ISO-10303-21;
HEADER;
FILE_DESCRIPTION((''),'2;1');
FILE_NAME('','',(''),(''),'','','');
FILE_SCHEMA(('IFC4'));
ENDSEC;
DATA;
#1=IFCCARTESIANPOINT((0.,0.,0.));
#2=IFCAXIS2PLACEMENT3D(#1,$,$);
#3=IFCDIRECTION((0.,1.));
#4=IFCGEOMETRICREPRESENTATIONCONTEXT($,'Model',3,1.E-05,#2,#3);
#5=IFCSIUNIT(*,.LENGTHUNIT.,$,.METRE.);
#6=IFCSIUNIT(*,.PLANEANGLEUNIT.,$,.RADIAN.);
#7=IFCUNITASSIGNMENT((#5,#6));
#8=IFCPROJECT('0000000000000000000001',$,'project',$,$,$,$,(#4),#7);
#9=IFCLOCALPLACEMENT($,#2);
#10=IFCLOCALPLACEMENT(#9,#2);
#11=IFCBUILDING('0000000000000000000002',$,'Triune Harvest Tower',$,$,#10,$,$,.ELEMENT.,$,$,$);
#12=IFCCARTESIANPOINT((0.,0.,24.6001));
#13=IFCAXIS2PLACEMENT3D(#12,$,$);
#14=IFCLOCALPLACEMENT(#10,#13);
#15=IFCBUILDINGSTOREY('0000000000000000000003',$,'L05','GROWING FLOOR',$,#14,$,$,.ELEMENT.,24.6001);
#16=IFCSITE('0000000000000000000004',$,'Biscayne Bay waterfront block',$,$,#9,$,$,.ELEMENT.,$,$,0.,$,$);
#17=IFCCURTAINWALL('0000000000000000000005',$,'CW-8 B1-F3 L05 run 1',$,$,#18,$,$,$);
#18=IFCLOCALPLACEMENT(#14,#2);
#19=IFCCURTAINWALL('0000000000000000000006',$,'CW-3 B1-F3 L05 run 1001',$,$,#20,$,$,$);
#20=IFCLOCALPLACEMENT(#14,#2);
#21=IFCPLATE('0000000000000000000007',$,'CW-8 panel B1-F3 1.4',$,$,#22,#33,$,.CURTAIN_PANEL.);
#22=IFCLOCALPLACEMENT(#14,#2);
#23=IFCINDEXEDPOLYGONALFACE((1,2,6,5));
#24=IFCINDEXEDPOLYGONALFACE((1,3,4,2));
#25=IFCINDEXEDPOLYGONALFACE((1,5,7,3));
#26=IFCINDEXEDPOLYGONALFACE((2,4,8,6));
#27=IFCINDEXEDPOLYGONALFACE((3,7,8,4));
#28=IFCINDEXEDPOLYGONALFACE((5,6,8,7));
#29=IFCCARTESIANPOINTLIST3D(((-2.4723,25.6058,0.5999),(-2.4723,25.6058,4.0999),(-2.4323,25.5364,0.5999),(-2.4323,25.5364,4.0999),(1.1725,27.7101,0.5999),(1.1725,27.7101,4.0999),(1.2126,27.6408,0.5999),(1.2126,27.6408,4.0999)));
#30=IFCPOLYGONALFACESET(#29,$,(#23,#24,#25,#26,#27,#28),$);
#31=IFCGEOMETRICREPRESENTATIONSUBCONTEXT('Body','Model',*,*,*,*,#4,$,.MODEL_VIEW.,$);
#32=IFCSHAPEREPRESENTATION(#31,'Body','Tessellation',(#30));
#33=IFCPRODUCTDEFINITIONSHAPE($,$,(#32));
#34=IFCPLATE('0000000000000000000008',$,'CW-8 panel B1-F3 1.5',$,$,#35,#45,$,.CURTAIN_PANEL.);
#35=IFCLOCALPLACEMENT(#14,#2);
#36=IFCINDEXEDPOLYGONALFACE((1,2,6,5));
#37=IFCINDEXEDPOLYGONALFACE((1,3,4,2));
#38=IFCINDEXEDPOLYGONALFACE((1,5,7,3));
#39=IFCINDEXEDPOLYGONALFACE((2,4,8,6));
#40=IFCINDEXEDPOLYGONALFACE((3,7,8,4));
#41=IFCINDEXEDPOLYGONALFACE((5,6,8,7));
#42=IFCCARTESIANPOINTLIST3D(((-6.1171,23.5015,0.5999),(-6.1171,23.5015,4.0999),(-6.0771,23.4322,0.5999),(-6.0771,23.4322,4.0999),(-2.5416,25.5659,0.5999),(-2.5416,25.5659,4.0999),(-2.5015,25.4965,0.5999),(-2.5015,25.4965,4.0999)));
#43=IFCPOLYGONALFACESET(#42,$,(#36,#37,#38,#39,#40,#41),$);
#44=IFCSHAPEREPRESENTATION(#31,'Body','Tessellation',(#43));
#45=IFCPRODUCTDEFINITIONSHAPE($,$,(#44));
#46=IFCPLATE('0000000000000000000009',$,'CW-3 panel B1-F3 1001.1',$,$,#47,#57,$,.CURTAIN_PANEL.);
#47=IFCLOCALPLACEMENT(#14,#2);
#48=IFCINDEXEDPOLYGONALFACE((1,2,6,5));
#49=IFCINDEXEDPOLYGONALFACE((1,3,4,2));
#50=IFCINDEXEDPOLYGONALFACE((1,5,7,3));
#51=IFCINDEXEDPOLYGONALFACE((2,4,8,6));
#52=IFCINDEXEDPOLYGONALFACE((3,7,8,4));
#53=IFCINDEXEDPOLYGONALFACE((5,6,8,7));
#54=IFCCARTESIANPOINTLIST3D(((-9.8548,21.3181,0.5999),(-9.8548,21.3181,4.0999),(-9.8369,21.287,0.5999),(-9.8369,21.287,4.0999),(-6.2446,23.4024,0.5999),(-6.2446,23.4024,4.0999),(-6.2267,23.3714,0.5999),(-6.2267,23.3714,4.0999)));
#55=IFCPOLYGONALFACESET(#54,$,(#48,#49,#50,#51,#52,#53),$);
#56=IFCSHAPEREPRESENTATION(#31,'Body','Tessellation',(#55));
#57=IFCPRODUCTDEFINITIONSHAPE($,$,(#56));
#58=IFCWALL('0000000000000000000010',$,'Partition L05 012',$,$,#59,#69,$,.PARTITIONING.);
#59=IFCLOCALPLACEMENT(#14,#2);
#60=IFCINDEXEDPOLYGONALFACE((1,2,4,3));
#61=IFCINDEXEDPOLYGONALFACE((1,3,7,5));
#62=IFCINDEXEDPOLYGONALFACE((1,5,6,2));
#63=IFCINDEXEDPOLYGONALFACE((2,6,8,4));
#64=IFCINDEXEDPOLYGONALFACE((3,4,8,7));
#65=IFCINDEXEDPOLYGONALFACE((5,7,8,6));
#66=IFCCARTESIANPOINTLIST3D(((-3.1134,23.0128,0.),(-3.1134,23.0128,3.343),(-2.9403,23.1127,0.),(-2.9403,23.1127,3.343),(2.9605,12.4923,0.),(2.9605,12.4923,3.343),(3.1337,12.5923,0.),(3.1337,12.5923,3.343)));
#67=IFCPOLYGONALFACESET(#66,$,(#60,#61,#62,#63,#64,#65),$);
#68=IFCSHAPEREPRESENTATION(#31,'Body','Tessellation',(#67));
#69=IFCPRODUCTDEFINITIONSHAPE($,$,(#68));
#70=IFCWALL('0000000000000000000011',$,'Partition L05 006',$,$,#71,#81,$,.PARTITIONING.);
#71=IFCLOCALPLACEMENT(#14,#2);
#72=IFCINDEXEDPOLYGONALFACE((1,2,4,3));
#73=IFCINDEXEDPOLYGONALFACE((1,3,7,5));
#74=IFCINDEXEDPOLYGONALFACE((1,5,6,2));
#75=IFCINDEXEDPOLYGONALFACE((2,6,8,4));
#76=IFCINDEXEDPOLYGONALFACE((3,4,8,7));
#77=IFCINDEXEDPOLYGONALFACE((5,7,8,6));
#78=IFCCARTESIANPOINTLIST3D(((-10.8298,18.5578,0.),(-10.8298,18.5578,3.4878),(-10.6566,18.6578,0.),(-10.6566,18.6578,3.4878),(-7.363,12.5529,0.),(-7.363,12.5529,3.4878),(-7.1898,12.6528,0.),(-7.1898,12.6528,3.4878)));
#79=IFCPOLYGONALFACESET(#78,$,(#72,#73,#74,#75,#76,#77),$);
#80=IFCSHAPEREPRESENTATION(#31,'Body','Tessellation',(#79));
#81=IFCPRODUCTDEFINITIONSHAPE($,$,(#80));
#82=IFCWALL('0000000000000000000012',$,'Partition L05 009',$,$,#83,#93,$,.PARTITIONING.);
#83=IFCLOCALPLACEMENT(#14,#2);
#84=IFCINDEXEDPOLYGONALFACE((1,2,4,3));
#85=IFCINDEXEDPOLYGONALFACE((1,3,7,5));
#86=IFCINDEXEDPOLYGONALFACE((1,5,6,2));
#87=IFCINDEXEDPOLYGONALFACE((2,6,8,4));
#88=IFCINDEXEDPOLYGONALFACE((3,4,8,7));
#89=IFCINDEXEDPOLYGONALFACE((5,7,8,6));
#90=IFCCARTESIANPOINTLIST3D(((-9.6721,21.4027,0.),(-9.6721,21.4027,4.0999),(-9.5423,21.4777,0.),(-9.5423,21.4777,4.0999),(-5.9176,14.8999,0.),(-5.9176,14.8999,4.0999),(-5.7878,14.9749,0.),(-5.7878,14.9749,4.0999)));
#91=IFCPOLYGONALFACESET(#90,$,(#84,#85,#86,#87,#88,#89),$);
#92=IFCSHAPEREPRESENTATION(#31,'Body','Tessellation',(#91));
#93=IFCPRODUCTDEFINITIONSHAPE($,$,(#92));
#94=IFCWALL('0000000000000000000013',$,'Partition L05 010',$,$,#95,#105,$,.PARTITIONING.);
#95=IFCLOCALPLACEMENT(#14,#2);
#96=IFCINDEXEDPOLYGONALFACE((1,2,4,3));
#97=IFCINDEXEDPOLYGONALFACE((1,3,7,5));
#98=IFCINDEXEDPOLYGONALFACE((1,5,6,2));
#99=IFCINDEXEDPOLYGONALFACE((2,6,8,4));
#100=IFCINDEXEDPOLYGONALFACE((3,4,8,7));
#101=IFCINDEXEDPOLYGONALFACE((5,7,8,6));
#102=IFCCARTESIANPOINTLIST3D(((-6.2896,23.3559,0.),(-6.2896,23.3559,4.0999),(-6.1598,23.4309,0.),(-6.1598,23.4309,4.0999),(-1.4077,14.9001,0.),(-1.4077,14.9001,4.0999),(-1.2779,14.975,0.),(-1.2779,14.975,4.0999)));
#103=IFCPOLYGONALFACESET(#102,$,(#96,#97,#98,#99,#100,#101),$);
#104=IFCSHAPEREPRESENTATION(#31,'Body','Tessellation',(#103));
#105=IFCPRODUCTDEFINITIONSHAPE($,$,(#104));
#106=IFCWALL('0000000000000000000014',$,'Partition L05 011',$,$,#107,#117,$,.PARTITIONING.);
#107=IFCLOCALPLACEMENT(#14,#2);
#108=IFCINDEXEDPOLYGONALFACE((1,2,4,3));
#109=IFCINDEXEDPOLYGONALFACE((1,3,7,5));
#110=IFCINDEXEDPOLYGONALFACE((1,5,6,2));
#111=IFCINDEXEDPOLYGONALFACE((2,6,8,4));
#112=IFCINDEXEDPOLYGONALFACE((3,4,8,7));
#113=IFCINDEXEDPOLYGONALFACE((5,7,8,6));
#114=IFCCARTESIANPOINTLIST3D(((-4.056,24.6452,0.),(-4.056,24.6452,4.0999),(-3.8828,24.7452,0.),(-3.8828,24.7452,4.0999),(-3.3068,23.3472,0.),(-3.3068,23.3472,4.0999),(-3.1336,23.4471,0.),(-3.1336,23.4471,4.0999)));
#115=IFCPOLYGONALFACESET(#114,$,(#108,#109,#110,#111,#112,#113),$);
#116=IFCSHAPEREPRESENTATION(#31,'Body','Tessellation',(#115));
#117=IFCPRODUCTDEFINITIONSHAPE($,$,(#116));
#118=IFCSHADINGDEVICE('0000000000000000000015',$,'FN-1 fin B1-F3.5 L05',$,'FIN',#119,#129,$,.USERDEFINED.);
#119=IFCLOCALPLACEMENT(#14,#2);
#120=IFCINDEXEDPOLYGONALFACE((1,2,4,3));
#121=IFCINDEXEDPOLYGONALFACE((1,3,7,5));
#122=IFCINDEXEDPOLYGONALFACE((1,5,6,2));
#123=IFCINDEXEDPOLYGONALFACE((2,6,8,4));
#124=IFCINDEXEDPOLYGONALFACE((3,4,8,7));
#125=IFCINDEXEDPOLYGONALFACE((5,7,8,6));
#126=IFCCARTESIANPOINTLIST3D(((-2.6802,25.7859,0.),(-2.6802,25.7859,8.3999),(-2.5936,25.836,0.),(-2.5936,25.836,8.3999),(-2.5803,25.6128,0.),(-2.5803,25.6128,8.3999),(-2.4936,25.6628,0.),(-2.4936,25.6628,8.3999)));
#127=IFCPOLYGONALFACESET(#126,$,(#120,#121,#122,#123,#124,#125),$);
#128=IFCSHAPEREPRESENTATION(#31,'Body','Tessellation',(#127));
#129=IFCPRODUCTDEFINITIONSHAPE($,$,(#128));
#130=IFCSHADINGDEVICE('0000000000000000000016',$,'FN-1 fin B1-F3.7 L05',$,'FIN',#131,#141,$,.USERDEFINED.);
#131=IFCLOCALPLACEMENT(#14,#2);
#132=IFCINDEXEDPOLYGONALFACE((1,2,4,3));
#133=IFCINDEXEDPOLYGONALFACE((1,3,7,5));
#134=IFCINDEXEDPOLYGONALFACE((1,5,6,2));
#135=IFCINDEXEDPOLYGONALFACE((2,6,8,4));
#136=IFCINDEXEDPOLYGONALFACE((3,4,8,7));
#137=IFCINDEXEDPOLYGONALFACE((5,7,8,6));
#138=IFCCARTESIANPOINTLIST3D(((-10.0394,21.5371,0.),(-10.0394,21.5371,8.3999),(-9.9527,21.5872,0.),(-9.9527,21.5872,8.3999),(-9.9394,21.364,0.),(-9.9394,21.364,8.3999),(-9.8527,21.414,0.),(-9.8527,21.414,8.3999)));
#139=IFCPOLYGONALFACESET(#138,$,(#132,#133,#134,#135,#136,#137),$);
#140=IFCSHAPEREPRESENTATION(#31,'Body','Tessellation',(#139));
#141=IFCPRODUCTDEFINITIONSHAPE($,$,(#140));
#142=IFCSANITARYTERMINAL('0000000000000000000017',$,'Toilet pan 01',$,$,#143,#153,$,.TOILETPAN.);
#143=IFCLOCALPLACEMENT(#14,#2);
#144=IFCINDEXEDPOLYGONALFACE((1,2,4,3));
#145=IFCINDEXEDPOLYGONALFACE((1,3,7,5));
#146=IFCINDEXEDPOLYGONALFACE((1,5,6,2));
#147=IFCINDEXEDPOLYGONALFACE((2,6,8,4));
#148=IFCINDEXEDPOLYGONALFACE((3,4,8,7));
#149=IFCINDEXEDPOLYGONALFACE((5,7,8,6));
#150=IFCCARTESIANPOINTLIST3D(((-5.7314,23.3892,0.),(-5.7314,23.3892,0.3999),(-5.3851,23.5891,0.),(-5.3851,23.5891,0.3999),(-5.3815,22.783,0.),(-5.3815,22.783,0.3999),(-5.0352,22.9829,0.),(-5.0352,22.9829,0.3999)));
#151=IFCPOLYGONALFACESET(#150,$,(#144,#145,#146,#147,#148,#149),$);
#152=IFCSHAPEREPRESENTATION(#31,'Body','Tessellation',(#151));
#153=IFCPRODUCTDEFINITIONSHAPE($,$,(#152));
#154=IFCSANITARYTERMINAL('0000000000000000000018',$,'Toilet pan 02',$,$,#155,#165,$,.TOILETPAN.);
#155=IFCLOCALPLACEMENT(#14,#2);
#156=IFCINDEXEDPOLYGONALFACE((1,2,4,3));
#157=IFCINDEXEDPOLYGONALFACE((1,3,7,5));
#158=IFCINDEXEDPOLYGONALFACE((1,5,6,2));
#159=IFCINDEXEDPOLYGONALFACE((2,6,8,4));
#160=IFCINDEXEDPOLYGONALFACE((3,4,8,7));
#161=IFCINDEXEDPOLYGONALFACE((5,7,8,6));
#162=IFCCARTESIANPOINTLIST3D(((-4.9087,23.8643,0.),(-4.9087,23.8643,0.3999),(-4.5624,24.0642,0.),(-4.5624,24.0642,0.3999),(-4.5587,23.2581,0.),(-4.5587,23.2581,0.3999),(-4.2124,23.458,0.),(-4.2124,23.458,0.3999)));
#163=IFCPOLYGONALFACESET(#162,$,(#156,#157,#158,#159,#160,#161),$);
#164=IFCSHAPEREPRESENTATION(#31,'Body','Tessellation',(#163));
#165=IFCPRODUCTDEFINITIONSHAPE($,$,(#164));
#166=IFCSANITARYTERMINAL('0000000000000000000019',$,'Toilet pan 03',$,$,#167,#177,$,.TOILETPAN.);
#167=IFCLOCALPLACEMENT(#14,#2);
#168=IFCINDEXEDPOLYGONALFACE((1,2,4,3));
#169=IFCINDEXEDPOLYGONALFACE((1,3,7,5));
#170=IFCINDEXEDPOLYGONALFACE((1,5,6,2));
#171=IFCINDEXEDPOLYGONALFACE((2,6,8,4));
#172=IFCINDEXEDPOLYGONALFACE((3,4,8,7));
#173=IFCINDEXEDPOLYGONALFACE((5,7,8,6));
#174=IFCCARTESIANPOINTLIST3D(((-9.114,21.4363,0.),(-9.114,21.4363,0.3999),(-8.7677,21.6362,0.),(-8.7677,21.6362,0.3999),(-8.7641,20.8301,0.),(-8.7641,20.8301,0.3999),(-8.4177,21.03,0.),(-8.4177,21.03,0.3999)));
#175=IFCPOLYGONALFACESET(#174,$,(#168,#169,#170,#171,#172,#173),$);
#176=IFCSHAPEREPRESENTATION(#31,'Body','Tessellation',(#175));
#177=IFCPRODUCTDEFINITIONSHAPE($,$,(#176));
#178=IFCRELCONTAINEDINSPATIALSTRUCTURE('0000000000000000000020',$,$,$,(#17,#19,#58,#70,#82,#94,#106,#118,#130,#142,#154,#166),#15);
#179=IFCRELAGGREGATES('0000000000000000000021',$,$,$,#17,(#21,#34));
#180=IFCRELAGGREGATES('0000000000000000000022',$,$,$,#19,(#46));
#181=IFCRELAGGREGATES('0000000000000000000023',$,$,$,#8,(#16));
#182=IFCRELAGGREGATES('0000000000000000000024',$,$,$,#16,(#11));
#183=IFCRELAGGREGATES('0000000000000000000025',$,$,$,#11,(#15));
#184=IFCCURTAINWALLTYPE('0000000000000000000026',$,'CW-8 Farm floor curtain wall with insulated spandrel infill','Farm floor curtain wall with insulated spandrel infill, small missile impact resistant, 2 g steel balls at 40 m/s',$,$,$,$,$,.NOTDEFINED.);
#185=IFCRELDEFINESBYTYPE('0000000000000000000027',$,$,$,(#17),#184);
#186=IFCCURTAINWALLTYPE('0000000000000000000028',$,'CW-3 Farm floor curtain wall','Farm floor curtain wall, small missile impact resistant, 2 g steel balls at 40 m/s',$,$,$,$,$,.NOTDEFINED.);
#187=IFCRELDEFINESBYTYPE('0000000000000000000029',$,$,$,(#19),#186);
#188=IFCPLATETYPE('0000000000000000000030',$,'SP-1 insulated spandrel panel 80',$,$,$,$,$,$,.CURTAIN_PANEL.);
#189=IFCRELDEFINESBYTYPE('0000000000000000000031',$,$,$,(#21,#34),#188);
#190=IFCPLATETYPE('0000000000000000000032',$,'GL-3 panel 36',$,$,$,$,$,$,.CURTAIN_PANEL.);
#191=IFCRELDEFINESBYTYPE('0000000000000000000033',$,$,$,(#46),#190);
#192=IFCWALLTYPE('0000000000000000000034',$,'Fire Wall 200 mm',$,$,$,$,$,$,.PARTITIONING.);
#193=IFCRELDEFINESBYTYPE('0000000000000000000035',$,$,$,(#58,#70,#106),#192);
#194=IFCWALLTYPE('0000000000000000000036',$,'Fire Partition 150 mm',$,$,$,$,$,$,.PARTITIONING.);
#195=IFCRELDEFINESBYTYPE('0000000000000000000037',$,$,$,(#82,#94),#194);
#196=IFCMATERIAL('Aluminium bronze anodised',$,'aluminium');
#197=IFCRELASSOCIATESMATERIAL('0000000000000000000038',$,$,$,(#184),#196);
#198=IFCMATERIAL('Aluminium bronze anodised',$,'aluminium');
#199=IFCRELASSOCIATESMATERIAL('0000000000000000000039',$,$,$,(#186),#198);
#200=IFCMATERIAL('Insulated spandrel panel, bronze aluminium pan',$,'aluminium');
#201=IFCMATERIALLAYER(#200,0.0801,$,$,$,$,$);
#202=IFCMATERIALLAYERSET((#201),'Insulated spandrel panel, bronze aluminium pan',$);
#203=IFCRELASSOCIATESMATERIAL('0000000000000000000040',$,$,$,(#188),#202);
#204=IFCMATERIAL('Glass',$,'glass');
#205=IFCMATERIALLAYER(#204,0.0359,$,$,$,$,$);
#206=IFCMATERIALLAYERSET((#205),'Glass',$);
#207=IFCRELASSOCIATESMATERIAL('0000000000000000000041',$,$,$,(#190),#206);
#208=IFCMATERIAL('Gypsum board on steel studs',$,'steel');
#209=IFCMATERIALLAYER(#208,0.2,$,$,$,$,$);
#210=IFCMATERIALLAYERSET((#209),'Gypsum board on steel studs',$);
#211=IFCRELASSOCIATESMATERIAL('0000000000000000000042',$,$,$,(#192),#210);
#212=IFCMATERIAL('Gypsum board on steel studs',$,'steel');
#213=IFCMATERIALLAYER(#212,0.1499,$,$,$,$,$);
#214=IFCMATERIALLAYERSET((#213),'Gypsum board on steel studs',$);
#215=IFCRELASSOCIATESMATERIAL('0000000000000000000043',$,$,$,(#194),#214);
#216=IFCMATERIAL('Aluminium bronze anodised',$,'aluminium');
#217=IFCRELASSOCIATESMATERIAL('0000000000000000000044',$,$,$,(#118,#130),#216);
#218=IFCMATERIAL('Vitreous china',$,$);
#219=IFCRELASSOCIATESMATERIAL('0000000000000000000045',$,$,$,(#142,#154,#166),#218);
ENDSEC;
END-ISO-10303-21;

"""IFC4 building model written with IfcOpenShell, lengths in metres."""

from ifc_helpers import new_model, si_unit, direction, frame, frame_2d, origin, origin_2d, place, context, subcontext, project, spatial, rectangle, extrude, source, transform, mapped, material, layer, layer_set, type_object, element, aggregate, save


model = new_model("IFC4")

# Units and contexts
model_context = context("Model", 3, precision=1e-05, world=origin(), true_north=direction((0.0, 1.0)))
body_context = subcontext(model_context, "Body", "Model", "MODEL_VIEW")
ifc_project = project(units=[si_unit("LENGTHUNIT", "METRE"), si_unit("PLANEANGLEUNIT", "RADIAN")], contexts=[model_context])

# Site, building, storey
site_placement = place(None, origin())
site = spatial("IfcSite", under=ifc_project, at=site_placement, Name="Biscayne Bay waterfront block", CompositionType="ELEMENT", RefElevation=0.0)
building_placement = place(site_placement, origin())
building = spatial("IfcBuilding", under=site, at=building_placement, Name="Triune Harvest Tower", CompositionType="ELEMENT")
storey_placement = place(building_placement, frame((0.0, 0.0, 24.6001)))
storey = spatial("IfcBuildingStorey", under=building, at=storey_placement, Name="L05", Description="GROWING FLOOR", CompositionType="ELEMENT", Elevation=24.6001)

# Curtain walls
ifc_material_1 = material(Name="Aluminium bronze anodised", Category="aluminium")
curtain_wall_type_1 = type_object("IfcCurtainWallType", Name="CW-8 Farm floor curtain wall with insulated spandrel infill", Description="Farm floor curtain wall with insulated spandrel infill, small missile impact resistant, 2 g steel balls at 40 m/s", PredefinedType="NOTDEFINED", material=ifc_material_1)
curtain_wall_1_placement = place(storey_placement, origin())
curtain_wall_1 = element("IfcCurtainWall", 1, at=curtain_wall_1_placement, inside=storey, type_object=curtain_wall_type_1, Name="CW-8 B1-F3 L05 run 1")
ifc_material_2 = material(Name="Aluminium bronze anodised", Category="aluminium")
curtain_wall_type_2 = type_object("IfcCurtainWallType", Name="CW-3 Farm floor curtain wall", Description="Farm floor curtain wall, small missile impact resistant, 2 g steel balls at 40 m/s", PredefinedType="NOTDEFINED", material=ifc_material_2)
curtain_wall_2_placement = place(storey_placement, origin())
curtain_wall_2 = element("IfcCurtainWall", 2, at=curtain_wall_2_placement, inside=storey, type_object=curtain_wall_type_2, Name="CW-3 B1-F3 L05 run 1001")

# Plates
ifc_material_3 = material(Name="Insulated spandrel panel, bronze aluminium pan", Category="aluminium")
ifc_layer_1 = layer(ifc_material_3, 0.0801)
ifc_layer_set_1 = layer_set([ifc_layer_1], Name="Insulated spandrel panel, bronze aluminium pan")
plate_type_1 = type_object("IfcPlateType", Name="SP-1 insulated spandrel panel 80", PredefinedType="CURTAIN_PANEL", material=ifc_layer_set_1)
shared_shape_1 = source(origin(), body_context, "Body", "SweptSolid", [
    extrude(rectangle(XDim=4.2087, YDim=0.0801, at=origin_2d()), origin(), (0.0, 0.0, 1.0), 3.5),
])
plate_1_placement = place(storey_placement, frame((-0.6299, 26.6233, 0.5999), z_axis=(0.0, 0.0, 1.0), x_axis=(-0.866026, -0.499999, 0.0)))
plate_1 = element("IfcPlate", 3, at=plate_1_placement, type_object=plate_type_1, Name="CW-8 panel B1-F3 1.4", PredefinedType="CURTAIN_PANEL", context=body_context, shape_type="MappedRepresentation", body=[
    mapped(shared_shape_1, transform((0.0, 0.0, 0.0), scale=1.0)),
])
shared_shape_2 = source(origin(), body_context, "Body", "SweptSolid", [
    extrude(rectangle(XDim=4.1287, YDim=0.0801, at=origin_2d()), origin(), (0.0, 0.0, 1.0), 3.5),
])
plate_2_placement = place(storey_placement, frame((-4.3093, 24.499, 0.5999), z_axis=(0.0, 0.0, 1.0), x_axis=(-0.866026, -0.499999, 0.0)))
plate_2 = element("IfcPlate", 4, at=plate_2_placement, type_object=plate_type_1, Name="CW-8 panel B1-F3 1.5", PredefinedType="CURTAIN_PANEL", context=body_context, shape_type="MappedRepresentation", body=[
    mapped(shared_shape_2, transform((0.0, 0.0, 0.0), scale=1.0)),
])
aggregate(curtain_wall_1, [plate_1, plate_2])
ifc_material_4 = material(Name="Glass", Category="glass")
ifc_layer_2 = layer(ifc_material_4, 0.0359)
ifc_layer_set_2 = layer_set([ifc_layer_2], Name="Glass")
plate_type_2 = type_object("IfcPlateType", Name="GL-3 panel 36", PredefinedType="CURTAIN_PANEL", material=ifc_layer_set_2)
shared_shape_3 = source(origin(), body_context, "Body", "SweptSolid", [
    extrude(rectangle(XDim=4.1687, YDim=0.0359, at=origin_2d()), origin(), (0.0, 0.0, 1.0), 3.5),
])
plate_3_placement = place(storey_placement, frame((-8.0408, 22.3447, 0.5999), z_axis=(0.0, 0.0, 1.0), x_axis=(-0.866025, -0.5, 0.0)))
plate_3 = element("IfcPlate", 5, at=plate_3_placement, type_object=plate_type_2, Name="CW-3 panel B1-F3 1001.1", PredefinedType="CURTAIN_PANEL", context=body_context, shape_type="MappedRepresentation", body=[
    mapped(shared_shape_3, transform((0.0, 0.0, 0.0), scale=1.0)),
])
aggregate(curtain_wall_2, [plate_3])

# Walls
ifc_material_5 = material(Name="Gypsum board on steel studs", Category="steel")
ifc_layer_3 = layer(ifc_material_5, 0.2)
ifc_layer_set_3 = layer_set([ifc_layer_3], Name="Gypsum board on steel studs")
wall_type_1 = type_object("IfcWallType", Name="Fire Wall 200 mm", PredefinedType="PARTITIONING", material=ifc_layer_set_3)
shared_shape_4 = source(origin(), body_context, "Body", "SweptSolid", [
    extrude(rectangle(XDim=12.1479, YDim=0.2, at=frame_2d((6.074, 0.0))), origin(), (0.0, 0.0, 1.0), 3.343),
])
wall_1_placement = place(storey_placement, frame((-3.0269, 23.0627, 0.0), z_axis=(0.0, 0.0, 1.0), x_axis=(0.499997, -0.866027, 0.0)))
element("IfcWall", 6, at=wall_1_placement, inside=storey, type_object=wall_type_1, Name="Partition L05 012", PredefinedType="PARTITIONING", context=body_context, shape_type="MappedRepresentation", body=[
    mapped(shared_shape_4, transform((0.0, 0.0, 0.0), scale=1.0)),
])
shared_shape_5 = source(origin(), body_context, "Body", "SweptSolid", [
    extrude(rectangle(XDim=6.9338, YDim=0.2, at=frame_2d((3.4668, 0.0))), origin(), (0.0, 0.0, 1.0), 3.4878),
])
wall_2_placement = place(storey_placement, frame((-10.7432, 18.6077, 0.0), z_axis=(0.0, 0.0, 1.0), x_axis=(0.499987, -0.866033, 0.0)))
element("IfcWall", 7, at=wall_2_placement, inside=storey, type_object=wall_type_1, Name="Partition L05 006", PredefinedType="PARTITIONING", context=body_context, shape_type="MappedRepresentation", body=[
    mapped(shared_shape_5, transform((0.0, 0.0, 0.0), scale=1.0)),
])
ifc_material_6 = material(Name="Gypsum board on steel studs", Category="steel")
ifc_layer_4 = layer(ifc_material_6, 0.1499)
ifc_layer_set_4 = layer_set([ifc_layer_4], Name="Gypsum board on steel studs")
wall_type_2 = type_object("IfcWallType", Name="Fire Partition 150 mm", PredefinedType="PARTITIONING", material=ifc_layer_set_4)
shared_shape_6 = source(origin(), body_context, "Body", "SweptSolid", [
    extrude(rectangle(XDim=7.5088, YDim=0.1499, at=frame_2d((3.7544, 0.0))), origin(), (0.0, 0.0, 1.0), 4.0999),
])
wall_3_placement = place(storey_placement, frame((-9.6072, 21.4402, 0.0), z_axis=(0.0, 0.0, 1.0), x_axis=(0.500007, -0.866022, 0.0)))
element("IfcWall", 8, at=wall_3_placement, inside=storey, type_object=wall_type_2, Name="Partition L05 009", PredefinedType="PARTITIONING", context=body_context, shape_type="MappedRepresentation", body=[
    mapped(shared_shape_6, transform((0.0, 0.0, 0.0), scale=1.0)),
])
shared_shape_7 = source(origin(), body_context, "Body", "SweptSolid", [
    extrude(rectangle(XDim=9.7639, YDim=0.1499, at=frame_2d((4.8818, 0.0))), origin(), (0.0, 0.0, 1.0), 4.0999),
])
wall_4_placement = place(storey_placement, frame((-6.2246, 23.3933, 0.0), z_axis=(0.0, 0.0, 1.0), x_axis=(0.49999, -0.866031, 0.0)))
element("IfcWall", 9, at=wall_4_placement, inside=storey, type_object=wall_type_2, Name="Partition L05 010", PredefinedType="PARTITIONING", context=body_context, shape_type="MappedRepresentation", body=[
    mapped(shared_shape_7, transform((0.0, 0.0, 0.0), scale=1.0)),
])
shared_shape_8 = source(origin(), body_context, "Body", "SweptSolid", [
    extrude(rectangle(XDim=1.4988, YDim=0.2, at=frame_2d((0.7495, 0.0))), origin(), (0.0, 0.0, 1.0), 4.0999),
])
wall_5_placement = place(storey_placement, frame((-3.9695, 24.6953, 0.0), z_axis=(0.0, 0.0, 1.0), x_axis=(0.499906, -0.86608, 0.0)))
element("IfcWall", 10, at=wall_5_placement, inside=storey, type_object=wall_type_1, Name="Partition L05 011", PredefinedType="PARTITIONING", context=body_context, shape_type="MappedRepresentation", body=[
    mapped(shared_shape_8, transform((0.0, 0.0, 0.0), scale=1.0)),
])

# Shading devices
ifc_material_7 = material(Name="Aluminium bronze anodised", Category="aluminium")
shared_shape_9 = source(origin(), body_context, "Body", "SweptSolid", [
    extrude(rectangle(XDim=0.1001, YDim=0.2, at=origin_2d()), origin(), (0.0, 0.0, 1.0), 8.3999),
])
for number, where, z_axis, x_axis, name in (
    (11, (-2.5869, 25.7244, 0.0), (0.0, 0.0, 1.0), (-0.866025, -0.5, 0.0), "FN-1 fin B1-F3.5 L05"),
    (12, (-9.946, 21.4756, 0.0), (0.0, 0.0, 1.0), (-0.866025, -0.5, 0.0), "FN-1 fin B1-F3.7 L05"),
):
    element("IfcShadingDevice", number, at=place(storey_placement, frame(where, z_axis=z_axis, x_axis=x_axis)), inside=storey, material=ifc_material_7, Name=name, ObjectType="FIN", PredefinedType="USERDEFINED", context=body_context, shape_type="MappedRepresentation", body=[
        mapped(shared_shape_9, transform((0.0, 0.0, 0.0), scale=1.0)),
    ])

# Sanitary terminals
ifc_material_8 = material(Name="Vitreous china")
shared_shape_10 = source(origin(), body_context, "Body", "SweptSolid", [
    extrude(rectangle(XDim=0.3999, YDim=0.7, at=origin_2d()), origin(), (0.0, 0.0, 1.0), 0.3999),
])
for number, where, z_axis, x_axis, name in (
    (13, (-5.3833, 23.186, 0.0), (0.0, 0.0, 1.0), (0.866034, 0.499985, 0.0), "Toilet pan 01"),
    (14, (-4.5605, 23.6611, 0.0), (0.0, 0.0, 1.0), (0.866034, 0.499985, 0.0), "Toilet pan 02"),
    (15, (-8.7659, 21.2332, 0.0), (0.0, 0.0, 1.0), (0.866034, 0.499985, 0.0), "Toilet pan 03"),
):
    element("IfcSanitaryTerminal", number, at=place(storey_placement, frame(where, z_axis=z_axis, x_axis=x_axis)), inside=storey, material=ifc_material_8, Name=name, PredefinedType="TOILETPAN", context=body_context, shape_type="MappedRepresentation", body=[
        mapped(shared_shape_10, transform((0.0, 0.0, 0.0), scale=1.0)),
    ])

save(model, "model.ifc")
